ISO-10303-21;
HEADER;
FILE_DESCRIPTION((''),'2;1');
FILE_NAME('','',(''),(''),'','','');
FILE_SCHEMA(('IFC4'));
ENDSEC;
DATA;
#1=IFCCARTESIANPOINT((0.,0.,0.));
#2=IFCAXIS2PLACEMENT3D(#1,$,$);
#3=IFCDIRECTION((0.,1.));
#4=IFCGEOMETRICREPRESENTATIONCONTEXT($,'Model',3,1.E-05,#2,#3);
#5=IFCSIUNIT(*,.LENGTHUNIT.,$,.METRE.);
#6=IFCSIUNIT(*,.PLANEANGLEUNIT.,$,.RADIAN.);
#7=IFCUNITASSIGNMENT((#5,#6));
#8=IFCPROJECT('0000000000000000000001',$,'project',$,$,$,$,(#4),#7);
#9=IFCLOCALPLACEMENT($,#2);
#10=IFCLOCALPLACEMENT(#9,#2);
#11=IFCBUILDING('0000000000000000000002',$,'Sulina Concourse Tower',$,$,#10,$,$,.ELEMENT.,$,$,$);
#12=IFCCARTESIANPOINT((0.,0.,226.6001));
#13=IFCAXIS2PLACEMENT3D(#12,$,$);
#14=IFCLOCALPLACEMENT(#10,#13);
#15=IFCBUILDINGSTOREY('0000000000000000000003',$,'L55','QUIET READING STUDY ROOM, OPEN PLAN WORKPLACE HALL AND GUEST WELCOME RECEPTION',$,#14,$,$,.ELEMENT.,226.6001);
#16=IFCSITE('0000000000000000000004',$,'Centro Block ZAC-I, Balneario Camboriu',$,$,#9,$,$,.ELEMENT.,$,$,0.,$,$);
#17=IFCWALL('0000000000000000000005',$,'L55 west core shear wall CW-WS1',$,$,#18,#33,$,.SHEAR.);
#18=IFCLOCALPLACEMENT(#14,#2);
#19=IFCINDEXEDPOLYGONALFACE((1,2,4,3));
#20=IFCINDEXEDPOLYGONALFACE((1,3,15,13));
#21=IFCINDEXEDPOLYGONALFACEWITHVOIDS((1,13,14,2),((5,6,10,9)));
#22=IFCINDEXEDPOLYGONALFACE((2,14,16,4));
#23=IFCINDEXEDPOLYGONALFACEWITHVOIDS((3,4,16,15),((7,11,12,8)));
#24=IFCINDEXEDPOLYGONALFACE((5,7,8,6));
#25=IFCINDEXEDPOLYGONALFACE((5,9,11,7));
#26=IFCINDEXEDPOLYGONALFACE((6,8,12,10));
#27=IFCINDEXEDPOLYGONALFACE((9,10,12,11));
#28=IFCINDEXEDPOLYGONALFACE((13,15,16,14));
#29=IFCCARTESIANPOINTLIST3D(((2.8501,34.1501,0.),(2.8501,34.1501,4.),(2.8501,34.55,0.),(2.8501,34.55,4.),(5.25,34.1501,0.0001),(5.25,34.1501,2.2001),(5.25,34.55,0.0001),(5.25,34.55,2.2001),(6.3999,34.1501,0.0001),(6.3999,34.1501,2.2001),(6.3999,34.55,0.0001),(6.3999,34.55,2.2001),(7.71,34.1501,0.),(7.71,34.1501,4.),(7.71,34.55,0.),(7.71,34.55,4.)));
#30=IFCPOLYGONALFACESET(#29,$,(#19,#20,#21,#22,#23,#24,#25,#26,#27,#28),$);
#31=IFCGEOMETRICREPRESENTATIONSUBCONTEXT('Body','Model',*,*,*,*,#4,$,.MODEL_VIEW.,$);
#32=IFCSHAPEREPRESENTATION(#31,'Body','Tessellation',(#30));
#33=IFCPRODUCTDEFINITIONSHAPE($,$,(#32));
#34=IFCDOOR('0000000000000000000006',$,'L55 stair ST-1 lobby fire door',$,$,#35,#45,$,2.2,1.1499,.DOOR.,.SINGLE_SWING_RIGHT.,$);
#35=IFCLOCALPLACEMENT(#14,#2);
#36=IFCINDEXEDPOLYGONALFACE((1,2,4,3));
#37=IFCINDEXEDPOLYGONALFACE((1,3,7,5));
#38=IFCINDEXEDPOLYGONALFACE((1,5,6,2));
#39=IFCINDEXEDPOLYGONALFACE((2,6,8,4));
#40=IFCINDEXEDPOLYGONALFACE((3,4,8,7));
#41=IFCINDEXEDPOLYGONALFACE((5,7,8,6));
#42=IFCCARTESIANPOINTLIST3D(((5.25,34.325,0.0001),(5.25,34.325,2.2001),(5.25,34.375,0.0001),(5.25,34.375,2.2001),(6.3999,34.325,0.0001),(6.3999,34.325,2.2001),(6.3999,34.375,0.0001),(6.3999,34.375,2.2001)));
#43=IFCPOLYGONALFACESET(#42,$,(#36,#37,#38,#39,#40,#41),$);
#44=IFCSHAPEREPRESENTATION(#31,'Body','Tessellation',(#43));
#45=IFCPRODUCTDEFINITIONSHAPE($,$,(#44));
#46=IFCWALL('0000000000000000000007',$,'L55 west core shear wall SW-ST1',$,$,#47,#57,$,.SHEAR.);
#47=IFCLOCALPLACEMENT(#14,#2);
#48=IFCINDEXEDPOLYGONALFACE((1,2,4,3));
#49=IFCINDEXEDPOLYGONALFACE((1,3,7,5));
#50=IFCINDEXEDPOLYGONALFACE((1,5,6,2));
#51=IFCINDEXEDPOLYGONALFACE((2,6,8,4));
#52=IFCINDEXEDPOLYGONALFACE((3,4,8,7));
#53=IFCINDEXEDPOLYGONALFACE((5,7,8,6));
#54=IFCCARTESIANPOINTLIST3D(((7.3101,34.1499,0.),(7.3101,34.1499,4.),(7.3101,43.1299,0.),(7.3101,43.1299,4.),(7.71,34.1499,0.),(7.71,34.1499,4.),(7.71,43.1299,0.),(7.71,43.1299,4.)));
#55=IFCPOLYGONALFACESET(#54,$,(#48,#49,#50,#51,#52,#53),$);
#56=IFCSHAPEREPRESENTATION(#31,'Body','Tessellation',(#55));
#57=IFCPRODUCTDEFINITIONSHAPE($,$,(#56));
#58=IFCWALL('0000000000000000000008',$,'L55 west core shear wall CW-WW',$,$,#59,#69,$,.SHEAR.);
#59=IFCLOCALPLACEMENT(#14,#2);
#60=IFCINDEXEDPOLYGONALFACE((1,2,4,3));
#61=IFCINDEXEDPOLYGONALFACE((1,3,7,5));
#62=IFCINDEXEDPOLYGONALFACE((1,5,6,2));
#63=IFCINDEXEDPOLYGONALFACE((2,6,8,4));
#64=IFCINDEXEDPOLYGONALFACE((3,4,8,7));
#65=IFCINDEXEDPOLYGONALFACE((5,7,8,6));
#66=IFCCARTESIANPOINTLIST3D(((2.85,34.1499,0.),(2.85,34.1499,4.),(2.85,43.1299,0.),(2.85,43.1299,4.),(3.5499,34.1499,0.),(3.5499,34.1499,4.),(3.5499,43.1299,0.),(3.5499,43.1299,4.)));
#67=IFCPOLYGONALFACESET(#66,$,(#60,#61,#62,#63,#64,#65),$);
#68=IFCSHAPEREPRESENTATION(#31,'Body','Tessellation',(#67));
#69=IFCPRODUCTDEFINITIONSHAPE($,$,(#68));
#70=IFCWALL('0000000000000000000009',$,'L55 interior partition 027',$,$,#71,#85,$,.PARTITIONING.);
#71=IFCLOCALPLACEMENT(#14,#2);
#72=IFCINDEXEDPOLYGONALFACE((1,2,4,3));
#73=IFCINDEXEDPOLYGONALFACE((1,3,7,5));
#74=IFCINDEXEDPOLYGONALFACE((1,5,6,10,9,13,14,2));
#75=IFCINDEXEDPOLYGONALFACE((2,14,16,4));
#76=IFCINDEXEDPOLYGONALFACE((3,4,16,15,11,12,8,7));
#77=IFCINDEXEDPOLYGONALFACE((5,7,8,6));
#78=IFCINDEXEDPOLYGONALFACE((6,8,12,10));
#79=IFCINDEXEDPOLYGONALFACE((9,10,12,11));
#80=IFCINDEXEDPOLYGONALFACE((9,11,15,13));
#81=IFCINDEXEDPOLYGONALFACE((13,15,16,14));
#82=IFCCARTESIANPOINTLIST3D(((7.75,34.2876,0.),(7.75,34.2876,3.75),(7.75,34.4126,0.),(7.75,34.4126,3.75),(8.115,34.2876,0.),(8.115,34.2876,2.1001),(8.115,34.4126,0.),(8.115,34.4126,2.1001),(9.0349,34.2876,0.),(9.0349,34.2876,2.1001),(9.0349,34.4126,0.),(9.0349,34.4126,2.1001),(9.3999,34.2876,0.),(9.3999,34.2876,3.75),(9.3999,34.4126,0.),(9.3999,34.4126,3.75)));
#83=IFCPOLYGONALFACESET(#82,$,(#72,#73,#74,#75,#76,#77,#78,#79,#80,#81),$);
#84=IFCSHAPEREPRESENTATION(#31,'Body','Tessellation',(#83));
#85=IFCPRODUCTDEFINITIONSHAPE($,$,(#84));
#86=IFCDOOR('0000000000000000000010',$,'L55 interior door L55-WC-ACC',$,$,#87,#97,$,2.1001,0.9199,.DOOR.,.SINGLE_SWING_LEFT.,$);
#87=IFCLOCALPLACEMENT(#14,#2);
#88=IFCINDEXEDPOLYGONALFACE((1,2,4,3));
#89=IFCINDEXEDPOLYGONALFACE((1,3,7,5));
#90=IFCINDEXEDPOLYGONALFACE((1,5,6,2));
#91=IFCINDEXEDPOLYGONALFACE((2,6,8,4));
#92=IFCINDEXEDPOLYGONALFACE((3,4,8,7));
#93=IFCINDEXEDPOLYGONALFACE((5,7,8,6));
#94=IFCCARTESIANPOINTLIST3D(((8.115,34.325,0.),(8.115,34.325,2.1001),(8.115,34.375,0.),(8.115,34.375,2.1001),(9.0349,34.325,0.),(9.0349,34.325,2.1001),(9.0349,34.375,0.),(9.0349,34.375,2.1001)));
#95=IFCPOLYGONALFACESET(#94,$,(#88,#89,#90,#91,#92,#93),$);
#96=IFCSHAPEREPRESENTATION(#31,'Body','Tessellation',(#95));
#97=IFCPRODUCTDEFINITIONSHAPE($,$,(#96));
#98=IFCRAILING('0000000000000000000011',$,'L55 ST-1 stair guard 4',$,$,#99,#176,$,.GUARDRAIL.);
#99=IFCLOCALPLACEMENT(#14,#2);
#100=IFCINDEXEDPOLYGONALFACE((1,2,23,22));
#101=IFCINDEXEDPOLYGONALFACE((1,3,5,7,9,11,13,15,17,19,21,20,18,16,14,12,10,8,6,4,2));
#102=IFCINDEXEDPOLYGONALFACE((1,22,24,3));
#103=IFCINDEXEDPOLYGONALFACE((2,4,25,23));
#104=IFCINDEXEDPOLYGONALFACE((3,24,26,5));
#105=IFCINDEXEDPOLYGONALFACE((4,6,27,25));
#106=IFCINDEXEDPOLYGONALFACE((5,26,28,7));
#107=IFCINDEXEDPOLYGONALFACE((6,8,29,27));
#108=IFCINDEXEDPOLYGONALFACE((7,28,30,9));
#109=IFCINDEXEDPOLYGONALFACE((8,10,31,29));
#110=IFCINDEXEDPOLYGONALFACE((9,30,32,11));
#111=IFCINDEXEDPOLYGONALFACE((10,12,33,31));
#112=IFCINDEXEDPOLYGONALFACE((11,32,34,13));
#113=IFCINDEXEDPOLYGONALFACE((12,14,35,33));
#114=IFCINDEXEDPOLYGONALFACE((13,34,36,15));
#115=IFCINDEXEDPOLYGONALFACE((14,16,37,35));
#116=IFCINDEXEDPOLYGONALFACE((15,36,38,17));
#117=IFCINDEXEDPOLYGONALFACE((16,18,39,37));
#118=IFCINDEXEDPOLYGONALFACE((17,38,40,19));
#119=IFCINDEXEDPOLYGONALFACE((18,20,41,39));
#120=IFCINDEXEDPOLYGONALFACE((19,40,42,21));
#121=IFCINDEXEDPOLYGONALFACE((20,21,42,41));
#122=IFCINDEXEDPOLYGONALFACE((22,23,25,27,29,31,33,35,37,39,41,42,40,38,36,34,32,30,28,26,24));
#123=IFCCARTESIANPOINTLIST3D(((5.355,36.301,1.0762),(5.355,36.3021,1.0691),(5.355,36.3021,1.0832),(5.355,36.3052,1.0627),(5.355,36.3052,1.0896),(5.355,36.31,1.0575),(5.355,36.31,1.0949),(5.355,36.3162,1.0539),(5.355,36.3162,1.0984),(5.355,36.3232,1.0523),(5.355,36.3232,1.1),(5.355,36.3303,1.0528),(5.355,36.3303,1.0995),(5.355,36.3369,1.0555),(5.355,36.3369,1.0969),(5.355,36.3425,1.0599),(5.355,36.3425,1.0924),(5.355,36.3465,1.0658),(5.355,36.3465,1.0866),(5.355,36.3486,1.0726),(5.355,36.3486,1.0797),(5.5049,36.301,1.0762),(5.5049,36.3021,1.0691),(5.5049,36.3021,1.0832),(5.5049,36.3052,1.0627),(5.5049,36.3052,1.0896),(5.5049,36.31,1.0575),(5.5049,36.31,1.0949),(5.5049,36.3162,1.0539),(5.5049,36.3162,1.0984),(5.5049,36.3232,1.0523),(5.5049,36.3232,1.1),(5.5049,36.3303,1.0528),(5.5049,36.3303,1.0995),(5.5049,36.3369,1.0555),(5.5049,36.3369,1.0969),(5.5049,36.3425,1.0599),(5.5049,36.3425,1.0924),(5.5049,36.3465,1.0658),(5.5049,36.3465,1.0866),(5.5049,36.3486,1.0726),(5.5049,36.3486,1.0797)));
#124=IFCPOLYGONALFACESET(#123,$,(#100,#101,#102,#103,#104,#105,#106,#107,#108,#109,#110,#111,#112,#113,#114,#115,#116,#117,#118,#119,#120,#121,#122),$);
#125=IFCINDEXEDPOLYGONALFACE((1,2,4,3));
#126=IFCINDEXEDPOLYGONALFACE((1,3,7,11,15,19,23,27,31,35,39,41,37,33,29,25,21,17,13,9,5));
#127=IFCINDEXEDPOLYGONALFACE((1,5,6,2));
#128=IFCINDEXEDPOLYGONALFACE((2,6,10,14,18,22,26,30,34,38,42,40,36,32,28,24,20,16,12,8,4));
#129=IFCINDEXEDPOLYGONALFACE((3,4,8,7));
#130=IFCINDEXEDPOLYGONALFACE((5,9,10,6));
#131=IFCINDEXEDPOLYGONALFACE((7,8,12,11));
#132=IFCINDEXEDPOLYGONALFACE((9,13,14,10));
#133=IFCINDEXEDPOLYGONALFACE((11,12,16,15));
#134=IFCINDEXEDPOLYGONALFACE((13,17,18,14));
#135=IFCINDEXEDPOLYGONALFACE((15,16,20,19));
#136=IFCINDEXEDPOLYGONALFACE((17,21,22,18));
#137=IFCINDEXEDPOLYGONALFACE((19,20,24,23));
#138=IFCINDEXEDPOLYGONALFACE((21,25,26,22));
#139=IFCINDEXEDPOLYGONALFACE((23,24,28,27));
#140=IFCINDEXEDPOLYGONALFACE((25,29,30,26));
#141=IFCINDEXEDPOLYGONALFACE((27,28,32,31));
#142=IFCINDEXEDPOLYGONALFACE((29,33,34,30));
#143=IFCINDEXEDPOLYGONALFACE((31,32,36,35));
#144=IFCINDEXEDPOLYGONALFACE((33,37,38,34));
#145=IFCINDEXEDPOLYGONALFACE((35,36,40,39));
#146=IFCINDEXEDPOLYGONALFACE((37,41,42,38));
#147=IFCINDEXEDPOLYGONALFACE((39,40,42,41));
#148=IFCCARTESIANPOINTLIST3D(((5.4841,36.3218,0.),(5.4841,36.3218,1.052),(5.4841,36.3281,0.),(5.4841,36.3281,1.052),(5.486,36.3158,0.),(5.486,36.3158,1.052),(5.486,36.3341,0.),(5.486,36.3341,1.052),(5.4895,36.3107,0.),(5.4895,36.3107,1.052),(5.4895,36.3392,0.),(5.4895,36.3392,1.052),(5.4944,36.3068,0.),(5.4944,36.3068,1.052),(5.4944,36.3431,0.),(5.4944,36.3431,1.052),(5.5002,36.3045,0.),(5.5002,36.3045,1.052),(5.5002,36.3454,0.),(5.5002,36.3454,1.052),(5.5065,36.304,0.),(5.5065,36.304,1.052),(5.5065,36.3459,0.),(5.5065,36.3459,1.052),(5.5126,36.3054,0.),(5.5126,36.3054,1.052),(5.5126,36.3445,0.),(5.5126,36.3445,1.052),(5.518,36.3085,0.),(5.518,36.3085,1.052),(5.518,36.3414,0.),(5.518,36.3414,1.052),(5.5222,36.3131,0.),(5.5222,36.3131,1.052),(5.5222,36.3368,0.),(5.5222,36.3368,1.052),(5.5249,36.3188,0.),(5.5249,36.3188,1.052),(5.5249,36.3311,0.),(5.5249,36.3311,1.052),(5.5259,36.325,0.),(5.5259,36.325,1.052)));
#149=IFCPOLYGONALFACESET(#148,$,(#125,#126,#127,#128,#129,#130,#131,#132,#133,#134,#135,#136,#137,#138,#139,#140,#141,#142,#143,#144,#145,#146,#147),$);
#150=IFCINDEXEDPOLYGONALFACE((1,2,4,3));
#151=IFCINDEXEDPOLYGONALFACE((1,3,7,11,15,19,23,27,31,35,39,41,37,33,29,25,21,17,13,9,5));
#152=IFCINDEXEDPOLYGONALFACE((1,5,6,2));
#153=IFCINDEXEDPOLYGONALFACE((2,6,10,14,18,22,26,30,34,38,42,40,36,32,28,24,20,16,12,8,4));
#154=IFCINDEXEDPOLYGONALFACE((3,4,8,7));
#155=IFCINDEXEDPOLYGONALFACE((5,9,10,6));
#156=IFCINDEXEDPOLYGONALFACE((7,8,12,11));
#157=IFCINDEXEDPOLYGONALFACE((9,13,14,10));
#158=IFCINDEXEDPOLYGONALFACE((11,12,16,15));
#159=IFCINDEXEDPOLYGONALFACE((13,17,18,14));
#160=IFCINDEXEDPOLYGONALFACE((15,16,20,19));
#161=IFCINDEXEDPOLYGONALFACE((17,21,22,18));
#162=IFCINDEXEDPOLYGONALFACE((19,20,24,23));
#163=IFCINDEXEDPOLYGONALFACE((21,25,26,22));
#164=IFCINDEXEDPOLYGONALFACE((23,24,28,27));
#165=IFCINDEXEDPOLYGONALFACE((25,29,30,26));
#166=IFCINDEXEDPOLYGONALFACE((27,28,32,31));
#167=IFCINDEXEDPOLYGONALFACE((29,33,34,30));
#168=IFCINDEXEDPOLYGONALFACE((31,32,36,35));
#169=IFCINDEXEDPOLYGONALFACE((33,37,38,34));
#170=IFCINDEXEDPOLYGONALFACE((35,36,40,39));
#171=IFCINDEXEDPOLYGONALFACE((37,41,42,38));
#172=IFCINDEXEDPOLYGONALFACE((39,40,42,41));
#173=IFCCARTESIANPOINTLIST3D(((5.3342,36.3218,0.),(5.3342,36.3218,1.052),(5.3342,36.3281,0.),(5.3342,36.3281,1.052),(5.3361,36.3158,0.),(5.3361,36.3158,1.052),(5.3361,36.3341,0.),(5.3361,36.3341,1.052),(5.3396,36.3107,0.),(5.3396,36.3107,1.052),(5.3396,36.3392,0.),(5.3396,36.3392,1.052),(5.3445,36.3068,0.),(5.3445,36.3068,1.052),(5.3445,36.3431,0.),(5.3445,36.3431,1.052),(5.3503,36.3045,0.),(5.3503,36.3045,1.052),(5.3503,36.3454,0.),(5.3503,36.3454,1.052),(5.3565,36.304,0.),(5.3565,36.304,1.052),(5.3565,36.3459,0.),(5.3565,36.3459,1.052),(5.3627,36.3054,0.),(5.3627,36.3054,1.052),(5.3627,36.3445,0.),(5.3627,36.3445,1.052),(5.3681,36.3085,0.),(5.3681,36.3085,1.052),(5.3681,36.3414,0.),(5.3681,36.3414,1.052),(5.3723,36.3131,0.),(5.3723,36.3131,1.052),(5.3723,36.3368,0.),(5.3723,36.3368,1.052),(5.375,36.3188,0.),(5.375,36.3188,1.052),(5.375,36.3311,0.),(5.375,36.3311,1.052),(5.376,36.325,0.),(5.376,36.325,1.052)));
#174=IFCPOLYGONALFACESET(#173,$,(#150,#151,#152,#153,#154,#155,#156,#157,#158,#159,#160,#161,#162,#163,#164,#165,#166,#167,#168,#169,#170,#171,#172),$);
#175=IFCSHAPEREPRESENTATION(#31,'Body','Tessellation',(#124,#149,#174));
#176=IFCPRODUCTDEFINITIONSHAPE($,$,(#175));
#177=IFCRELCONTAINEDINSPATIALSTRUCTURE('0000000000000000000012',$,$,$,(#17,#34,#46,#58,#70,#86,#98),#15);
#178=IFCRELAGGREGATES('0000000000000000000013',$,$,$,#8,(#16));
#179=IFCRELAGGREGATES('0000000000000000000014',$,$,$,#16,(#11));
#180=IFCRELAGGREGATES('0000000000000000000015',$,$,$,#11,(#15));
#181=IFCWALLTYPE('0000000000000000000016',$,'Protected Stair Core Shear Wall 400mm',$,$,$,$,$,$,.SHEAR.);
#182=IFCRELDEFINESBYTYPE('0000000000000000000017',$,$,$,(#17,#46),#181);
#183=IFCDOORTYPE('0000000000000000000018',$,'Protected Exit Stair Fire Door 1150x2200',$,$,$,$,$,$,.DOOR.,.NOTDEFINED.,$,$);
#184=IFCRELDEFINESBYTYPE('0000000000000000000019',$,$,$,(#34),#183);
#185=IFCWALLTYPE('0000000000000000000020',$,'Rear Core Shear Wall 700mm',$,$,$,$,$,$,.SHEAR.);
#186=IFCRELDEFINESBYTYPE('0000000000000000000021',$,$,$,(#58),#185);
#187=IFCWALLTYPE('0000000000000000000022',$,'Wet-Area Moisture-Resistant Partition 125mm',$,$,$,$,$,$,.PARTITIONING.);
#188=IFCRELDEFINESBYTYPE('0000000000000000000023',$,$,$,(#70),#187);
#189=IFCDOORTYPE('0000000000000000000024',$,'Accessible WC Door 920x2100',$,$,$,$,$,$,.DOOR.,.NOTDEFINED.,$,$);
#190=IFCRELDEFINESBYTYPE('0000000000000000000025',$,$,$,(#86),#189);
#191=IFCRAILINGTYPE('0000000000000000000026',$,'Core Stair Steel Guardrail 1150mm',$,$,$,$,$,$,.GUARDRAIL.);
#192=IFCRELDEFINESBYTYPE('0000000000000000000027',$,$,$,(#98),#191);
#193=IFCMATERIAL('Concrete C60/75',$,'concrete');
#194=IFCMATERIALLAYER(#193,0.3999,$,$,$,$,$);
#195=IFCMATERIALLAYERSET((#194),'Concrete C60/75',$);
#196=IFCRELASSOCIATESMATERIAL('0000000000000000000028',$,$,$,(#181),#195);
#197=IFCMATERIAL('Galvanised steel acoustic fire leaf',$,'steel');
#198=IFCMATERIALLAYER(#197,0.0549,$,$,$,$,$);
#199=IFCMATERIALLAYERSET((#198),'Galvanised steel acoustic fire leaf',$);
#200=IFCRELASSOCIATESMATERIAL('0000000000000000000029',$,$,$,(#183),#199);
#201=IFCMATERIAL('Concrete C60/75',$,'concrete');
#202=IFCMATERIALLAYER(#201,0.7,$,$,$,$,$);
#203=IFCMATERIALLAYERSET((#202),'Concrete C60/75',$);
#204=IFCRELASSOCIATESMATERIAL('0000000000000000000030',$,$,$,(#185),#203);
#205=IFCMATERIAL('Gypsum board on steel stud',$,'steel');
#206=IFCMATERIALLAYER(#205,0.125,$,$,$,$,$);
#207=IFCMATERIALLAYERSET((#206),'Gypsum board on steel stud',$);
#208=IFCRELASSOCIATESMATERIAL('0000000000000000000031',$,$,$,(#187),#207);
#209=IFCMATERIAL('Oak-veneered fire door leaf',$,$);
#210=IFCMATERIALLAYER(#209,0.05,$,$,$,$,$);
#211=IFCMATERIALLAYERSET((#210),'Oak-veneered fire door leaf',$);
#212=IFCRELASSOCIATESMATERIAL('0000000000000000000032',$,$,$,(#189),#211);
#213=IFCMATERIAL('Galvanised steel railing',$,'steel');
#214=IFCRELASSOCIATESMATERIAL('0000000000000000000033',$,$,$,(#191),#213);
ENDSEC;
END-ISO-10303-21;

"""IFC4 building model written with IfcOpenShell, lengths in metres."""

from ifc_helpers import new_model, si_unit, direction, frame, frame_2d, origin, origin_2d, place, context, subcontext, project, spatial, rectangle, circle, extrude, material, layer, layer_set, type_object, element, fill, save


model = new_model("IFC4")

# Units and contexts
model_context = context("Model", 3, precision=1e-05, world=origin(), true_north=direction((0.0, 1.0)))
body_context = subcontext(model_context, "Body", "Model", "MODEL_VIEW")
ifc_project = project(units=[si_unit("LENGTHUNIT", "METRE"), si_unit("PLANEANGLEUNIT", "RADIAN")], contexts=[model_context])

# Site, building, storey
site_placement = place(None, origin())
site = spatial("IfcSite", under=ifc_project, at=site_placement, Name="Centro Block ZAC-I, Balneario Camboriu", CompositionType="ELEMENT", RefElevation=0.0)
building_placement = place(site_placement, origin())
building = spatial("IfcBuilding", under=site, at=building_placement, Name="Sulina Concourse Tower", CompositionType="ELEMENT")
storey_placement = place(building_placement, frame((0.0, 0.0, 226.6001)))
storey = spatial("IfcBuildingStorey", under=building, at=storey_placement, Name="L55", Description="QUIET READING STUDY ROOM, OPEN PLAN WORKPLACE HALL AND GUEST WELCOME RECEPTION", CompositionType="ELEMENT", Elevation=226.6001)

# Wall, opening, door
ifc_material_1 = material(Name="Concrete C60/75", Category="concrete")
ifc_layer_1 = layer(ifc_material_1, 0.3999)
ifc_layer_set_1 = layer_set([ifc_layer_1], Name="Concrete C60/75")
wall_type_1 = type_object("IfcWallType", Name="Protected Stair Core Shear Wall 400mm", PredefinedType="SHEAR", material=ifc_layer_set_1)
wall_1_placement = place(storey_placement, frame((2.8501, 34.3501, 0.0), z_axis=(0.0, 0.0, 1.0), x_axis=(1.0, 0.0, 0.0)))
wall_1 = element("IfcWall", 1, at=wall_1_placement, inside=storey, type_object=wall_type_1, Name="L55 west core shear wall CW-WS1", PredefinedType="SHEAR", context=body_context, shape_type="SweptSolid", body=[
    extrude(rectangle(XDim=4.8599, YDim=0.3999, at=frame_2d((2.4299, 0.0))), origin(), (0.0, 0.0, 1.0), 4.0),
])
opening_1_placement = place(wall_1_placement, frame((2.3999, 0.0, 0.0)))
opening_1 = element("IfcOpeningElement", 2, at=opening_1_placement, cuts=wall_1, PredefinedType="OPENING", context=body_context, shape_type="SweptSolid", body=[
    extrude(rectangle(XDim=1.1499, YDim=2.2, at=frame_2d((0.575, 1.1001))), frame((0.0, 0.21, 0.0), z_axis=(0.0, -1.0, 0.0), x_axis=(1.0, 0.0, 0.0)), (0.0, 0.0, 1.0), 0.4199),
])
ifc_material_2 = material(Name="Galvanised steel acoustic fire leaf", Category="steel")
ifc_layer_2 = layer(ifc_material_2, 0.0549)
ifc_layer_set_2 = layer_set([ifc_layer_2], Name="Galvanised steel acoustic fire leaf")
door_type_1 = type_object("IfcDoorType", Name="Protected Exit Stair Fire Door 1150x2200", OperationType="NOTDEFINED", PredefinedType="DOOR", material=ifc_layer_set_2)
door_1_placement = place(opening_1_placement, origin())
door_1 = element("IfcDoor", 3, at=door_1_placement, inside=storey, type_object=door_type_1, Name="L55 stair ST-1 lobby fire door", OperationType="SINGLE_SWING_RIGHT", OverallHeight=2.2, OverallWidth=1.1499, PredefinedType="DOOR", context=body_context, shape_type="SweptSolid", body=[
    extrude(rectangle(XDim=1.1499, YDim=2.2, at=frame_2d((0.575, 1.1001))), frame((0.0, 0.0249, 0.0), z_axis=(0.0, -1.0, 0.0), x_axis=(1.0, 0.0, 0.0)), (0.0, 0.0, 1.0), 0.05),
])
fill(opening_1, door_1)

# Walls
wall_2_placement = place(storey_placement, frame((7.51, 34.1499, 0.0), z_axis=(0.0, 0.0, 1.0), x_axis=(0.0, 1.0, 0.0)))
element("IfcWall", 4, at=wall_2_placement, inside=storey, type_object=wall_type_1, Name="L55 west core shear wall SW-ST1", PredefinedType="SHEAR", context=body_context, shape_type="SweptSolid", body=[
    extrude(rectangle(XDim=8.98, YDim=0.3999, at=frame_2d((4.49, 0.0))), origin(), (0.0, 0.0, 1.0), 4.0),
])
ifc_material_3 = material(Name="Concrete C60/75", Category="concrete")
ifc_layer_3 = layer(ifc_material_3, 0.7)
ifc_layer_set_3 = layer_set([ifc_layer_3], Name="Concrete C60/75")
wall_type_2 = type_object("IfcWallType", Name="Rear Core Shear Wall 700mm", PredefinedType="SHEAR", material=ifc_layer_set_3)
wall_3_placement = place(storey_placement, frame((3.2, 34.1499, 0.0), z_axis=(0.0, 0.0, 1.0), x_axis=(0.0, 1.0, 0.0)))
element("IfcWall", 5, at=wall_3_placement, inside=storey, type_object=wall_type_2, Name="L55 west core shear wall CW-WW", PredefinedType="SHEAR", context=body_context, shape_type="SweptSolid", body=[
    extrude(rectangle(XDim=8.98, YDim=0.7, at=frame_2d((4.49, 0.0))), origin(), (0.0, 0.0, 1.0), 4.0),
])

# Wall, opening, door
ifc_material_4 = material(Name="Gypsum board on steel stud", Category="steel")
ifc_layer_4 = layer(ifc_material_4, 0.125)
ifc_layer_set_4 = layer_set([ifc_layer_4], Name="Gypsum board on steel stud")
wall_type_3 = type_object("IfcWallType", Name="Wet-Area Moisture-Resistant Partition 125mm", PredefinedType="PARTITIONING", material=ifc_layer_set_4)
wall_4_placement = place(storey_placement, frame((7.75, 34.3501, 0.0), z_axis=(0.0, 0.0, 1.0), x_axis=(1.0, 0.0, 0.0)))
wall_4 = element("IfcWall", 6, at=wall_4_placement, inside=storey, type_object=wall_type_3, Name="L55 interior partition 027", PredefinedType="PARTITIONING", context=body_context, shape_type="SweptSolid", body=[
    extrude(rectangle(XDim=1.6499, YDim=0.125, at=frame_2d((0.825, 0.0))), origin(), (0.0, 0.0, 1.0), 3.75),
])
opening_2_placement = place(wall_4_placement, frame((0.365, 0.0, 0.0)))
opening_2 = element("IfcOpeningElement", 7, at=opening_2_placement, cuts=wall_4, PredefinedType="OPENING", context=body_context, shape_type="SweptSolid", body=[
    extrude(rectangle(XDim=0.9199, YDim=2.1001, at=frame_2d((0.46, 1.05))), frame((0.0, 0.0725, 0.0), z_axis=(0.0, -1.0, 0.0), x_axis=(1.0, 0.0, 0.0)), (0.0, 0.0, 1.0), 0.145),
])
ifc_material_5 = material(Name="Oak-veneered fire door leaf")
ifc_layer_5 = layer(ifc_material_5, 0.05)
ifc_layer_set_5 = layer_set([ifc_layer_5], Name="Oak-veneered fire door leaf")
door_type_2 = type_object("IfcDoorType", Name="Accessible WC Door 920x2100", OperationType="NOTDEFINED", PredefinedType="DOOR", material=ifc_layer_set_5)
door_2_placement = place(opening_2_placement, origin())
door_2 = element("IfcDoor", 8, at=door_2_placement, inside=storey, type_object=door_type_2, Name="L55 interior door L55-WC-ACC", OperationType="SINGLE_SWING_LEFT", OverallHeight=2.1001, OverallWidth=0.9199, PredefinedType="DOOR", context=body_context, shape_type="SweptSolid", body=[
    extrude(rectangle(XDim=0.9199, YDim=2.1001, at=frame_2d((0.46, 1.05))), frame((0.0, 0.0249, 0.0), z_axis=(0.0, -1.0, 0.0), x_axis=(1.0, 0.0, 0.0)), (0.0, 0.0, 1.0), 0.05),
])
fill(opening_2, door_2)

# Railing
ifc_material_6 = material(Name="Galvanised steel railing", Category="steel")
railing_type = type_object("IfcRailingType", Name="Core Stair Steel Guardrail 1150mm", PredefinedType="GUARDRAIL", material=ifc_material_6)
railing_placement = place(storey_placement, frame((5.5049, 36.325, 0.0)))
element("IfcRailing", 9, at=railing_placement, inside=storey, type_object=railing_type, Name="L55 ST-1 stair guard 4", PredefinedType="GUARDRAIL", context=body_context, shape_type="SweptSolid", body=[
    extrude(circle(Radius=0.0239, at=origin_2d()), frame((0.0, 0.0, 1.0762), z_axis=(-1.0, 0.0, 0.0), x_axis=(0.0, -1.0, 0.0)), (0.0, 0.0, 1.0), 0.1499),
    extrude(circle(Radius=0.021, at=origin_2d()), origin(), (0.0, 0.0, 1.0), 1.052),
    extrude(circle(Radius=0.021, at=origin_2d()), frame((-0.1499, 0.0, 0.0)), (0.0, 0.0, 1.0), 1.052),
])

save(model, "model.ifc")
